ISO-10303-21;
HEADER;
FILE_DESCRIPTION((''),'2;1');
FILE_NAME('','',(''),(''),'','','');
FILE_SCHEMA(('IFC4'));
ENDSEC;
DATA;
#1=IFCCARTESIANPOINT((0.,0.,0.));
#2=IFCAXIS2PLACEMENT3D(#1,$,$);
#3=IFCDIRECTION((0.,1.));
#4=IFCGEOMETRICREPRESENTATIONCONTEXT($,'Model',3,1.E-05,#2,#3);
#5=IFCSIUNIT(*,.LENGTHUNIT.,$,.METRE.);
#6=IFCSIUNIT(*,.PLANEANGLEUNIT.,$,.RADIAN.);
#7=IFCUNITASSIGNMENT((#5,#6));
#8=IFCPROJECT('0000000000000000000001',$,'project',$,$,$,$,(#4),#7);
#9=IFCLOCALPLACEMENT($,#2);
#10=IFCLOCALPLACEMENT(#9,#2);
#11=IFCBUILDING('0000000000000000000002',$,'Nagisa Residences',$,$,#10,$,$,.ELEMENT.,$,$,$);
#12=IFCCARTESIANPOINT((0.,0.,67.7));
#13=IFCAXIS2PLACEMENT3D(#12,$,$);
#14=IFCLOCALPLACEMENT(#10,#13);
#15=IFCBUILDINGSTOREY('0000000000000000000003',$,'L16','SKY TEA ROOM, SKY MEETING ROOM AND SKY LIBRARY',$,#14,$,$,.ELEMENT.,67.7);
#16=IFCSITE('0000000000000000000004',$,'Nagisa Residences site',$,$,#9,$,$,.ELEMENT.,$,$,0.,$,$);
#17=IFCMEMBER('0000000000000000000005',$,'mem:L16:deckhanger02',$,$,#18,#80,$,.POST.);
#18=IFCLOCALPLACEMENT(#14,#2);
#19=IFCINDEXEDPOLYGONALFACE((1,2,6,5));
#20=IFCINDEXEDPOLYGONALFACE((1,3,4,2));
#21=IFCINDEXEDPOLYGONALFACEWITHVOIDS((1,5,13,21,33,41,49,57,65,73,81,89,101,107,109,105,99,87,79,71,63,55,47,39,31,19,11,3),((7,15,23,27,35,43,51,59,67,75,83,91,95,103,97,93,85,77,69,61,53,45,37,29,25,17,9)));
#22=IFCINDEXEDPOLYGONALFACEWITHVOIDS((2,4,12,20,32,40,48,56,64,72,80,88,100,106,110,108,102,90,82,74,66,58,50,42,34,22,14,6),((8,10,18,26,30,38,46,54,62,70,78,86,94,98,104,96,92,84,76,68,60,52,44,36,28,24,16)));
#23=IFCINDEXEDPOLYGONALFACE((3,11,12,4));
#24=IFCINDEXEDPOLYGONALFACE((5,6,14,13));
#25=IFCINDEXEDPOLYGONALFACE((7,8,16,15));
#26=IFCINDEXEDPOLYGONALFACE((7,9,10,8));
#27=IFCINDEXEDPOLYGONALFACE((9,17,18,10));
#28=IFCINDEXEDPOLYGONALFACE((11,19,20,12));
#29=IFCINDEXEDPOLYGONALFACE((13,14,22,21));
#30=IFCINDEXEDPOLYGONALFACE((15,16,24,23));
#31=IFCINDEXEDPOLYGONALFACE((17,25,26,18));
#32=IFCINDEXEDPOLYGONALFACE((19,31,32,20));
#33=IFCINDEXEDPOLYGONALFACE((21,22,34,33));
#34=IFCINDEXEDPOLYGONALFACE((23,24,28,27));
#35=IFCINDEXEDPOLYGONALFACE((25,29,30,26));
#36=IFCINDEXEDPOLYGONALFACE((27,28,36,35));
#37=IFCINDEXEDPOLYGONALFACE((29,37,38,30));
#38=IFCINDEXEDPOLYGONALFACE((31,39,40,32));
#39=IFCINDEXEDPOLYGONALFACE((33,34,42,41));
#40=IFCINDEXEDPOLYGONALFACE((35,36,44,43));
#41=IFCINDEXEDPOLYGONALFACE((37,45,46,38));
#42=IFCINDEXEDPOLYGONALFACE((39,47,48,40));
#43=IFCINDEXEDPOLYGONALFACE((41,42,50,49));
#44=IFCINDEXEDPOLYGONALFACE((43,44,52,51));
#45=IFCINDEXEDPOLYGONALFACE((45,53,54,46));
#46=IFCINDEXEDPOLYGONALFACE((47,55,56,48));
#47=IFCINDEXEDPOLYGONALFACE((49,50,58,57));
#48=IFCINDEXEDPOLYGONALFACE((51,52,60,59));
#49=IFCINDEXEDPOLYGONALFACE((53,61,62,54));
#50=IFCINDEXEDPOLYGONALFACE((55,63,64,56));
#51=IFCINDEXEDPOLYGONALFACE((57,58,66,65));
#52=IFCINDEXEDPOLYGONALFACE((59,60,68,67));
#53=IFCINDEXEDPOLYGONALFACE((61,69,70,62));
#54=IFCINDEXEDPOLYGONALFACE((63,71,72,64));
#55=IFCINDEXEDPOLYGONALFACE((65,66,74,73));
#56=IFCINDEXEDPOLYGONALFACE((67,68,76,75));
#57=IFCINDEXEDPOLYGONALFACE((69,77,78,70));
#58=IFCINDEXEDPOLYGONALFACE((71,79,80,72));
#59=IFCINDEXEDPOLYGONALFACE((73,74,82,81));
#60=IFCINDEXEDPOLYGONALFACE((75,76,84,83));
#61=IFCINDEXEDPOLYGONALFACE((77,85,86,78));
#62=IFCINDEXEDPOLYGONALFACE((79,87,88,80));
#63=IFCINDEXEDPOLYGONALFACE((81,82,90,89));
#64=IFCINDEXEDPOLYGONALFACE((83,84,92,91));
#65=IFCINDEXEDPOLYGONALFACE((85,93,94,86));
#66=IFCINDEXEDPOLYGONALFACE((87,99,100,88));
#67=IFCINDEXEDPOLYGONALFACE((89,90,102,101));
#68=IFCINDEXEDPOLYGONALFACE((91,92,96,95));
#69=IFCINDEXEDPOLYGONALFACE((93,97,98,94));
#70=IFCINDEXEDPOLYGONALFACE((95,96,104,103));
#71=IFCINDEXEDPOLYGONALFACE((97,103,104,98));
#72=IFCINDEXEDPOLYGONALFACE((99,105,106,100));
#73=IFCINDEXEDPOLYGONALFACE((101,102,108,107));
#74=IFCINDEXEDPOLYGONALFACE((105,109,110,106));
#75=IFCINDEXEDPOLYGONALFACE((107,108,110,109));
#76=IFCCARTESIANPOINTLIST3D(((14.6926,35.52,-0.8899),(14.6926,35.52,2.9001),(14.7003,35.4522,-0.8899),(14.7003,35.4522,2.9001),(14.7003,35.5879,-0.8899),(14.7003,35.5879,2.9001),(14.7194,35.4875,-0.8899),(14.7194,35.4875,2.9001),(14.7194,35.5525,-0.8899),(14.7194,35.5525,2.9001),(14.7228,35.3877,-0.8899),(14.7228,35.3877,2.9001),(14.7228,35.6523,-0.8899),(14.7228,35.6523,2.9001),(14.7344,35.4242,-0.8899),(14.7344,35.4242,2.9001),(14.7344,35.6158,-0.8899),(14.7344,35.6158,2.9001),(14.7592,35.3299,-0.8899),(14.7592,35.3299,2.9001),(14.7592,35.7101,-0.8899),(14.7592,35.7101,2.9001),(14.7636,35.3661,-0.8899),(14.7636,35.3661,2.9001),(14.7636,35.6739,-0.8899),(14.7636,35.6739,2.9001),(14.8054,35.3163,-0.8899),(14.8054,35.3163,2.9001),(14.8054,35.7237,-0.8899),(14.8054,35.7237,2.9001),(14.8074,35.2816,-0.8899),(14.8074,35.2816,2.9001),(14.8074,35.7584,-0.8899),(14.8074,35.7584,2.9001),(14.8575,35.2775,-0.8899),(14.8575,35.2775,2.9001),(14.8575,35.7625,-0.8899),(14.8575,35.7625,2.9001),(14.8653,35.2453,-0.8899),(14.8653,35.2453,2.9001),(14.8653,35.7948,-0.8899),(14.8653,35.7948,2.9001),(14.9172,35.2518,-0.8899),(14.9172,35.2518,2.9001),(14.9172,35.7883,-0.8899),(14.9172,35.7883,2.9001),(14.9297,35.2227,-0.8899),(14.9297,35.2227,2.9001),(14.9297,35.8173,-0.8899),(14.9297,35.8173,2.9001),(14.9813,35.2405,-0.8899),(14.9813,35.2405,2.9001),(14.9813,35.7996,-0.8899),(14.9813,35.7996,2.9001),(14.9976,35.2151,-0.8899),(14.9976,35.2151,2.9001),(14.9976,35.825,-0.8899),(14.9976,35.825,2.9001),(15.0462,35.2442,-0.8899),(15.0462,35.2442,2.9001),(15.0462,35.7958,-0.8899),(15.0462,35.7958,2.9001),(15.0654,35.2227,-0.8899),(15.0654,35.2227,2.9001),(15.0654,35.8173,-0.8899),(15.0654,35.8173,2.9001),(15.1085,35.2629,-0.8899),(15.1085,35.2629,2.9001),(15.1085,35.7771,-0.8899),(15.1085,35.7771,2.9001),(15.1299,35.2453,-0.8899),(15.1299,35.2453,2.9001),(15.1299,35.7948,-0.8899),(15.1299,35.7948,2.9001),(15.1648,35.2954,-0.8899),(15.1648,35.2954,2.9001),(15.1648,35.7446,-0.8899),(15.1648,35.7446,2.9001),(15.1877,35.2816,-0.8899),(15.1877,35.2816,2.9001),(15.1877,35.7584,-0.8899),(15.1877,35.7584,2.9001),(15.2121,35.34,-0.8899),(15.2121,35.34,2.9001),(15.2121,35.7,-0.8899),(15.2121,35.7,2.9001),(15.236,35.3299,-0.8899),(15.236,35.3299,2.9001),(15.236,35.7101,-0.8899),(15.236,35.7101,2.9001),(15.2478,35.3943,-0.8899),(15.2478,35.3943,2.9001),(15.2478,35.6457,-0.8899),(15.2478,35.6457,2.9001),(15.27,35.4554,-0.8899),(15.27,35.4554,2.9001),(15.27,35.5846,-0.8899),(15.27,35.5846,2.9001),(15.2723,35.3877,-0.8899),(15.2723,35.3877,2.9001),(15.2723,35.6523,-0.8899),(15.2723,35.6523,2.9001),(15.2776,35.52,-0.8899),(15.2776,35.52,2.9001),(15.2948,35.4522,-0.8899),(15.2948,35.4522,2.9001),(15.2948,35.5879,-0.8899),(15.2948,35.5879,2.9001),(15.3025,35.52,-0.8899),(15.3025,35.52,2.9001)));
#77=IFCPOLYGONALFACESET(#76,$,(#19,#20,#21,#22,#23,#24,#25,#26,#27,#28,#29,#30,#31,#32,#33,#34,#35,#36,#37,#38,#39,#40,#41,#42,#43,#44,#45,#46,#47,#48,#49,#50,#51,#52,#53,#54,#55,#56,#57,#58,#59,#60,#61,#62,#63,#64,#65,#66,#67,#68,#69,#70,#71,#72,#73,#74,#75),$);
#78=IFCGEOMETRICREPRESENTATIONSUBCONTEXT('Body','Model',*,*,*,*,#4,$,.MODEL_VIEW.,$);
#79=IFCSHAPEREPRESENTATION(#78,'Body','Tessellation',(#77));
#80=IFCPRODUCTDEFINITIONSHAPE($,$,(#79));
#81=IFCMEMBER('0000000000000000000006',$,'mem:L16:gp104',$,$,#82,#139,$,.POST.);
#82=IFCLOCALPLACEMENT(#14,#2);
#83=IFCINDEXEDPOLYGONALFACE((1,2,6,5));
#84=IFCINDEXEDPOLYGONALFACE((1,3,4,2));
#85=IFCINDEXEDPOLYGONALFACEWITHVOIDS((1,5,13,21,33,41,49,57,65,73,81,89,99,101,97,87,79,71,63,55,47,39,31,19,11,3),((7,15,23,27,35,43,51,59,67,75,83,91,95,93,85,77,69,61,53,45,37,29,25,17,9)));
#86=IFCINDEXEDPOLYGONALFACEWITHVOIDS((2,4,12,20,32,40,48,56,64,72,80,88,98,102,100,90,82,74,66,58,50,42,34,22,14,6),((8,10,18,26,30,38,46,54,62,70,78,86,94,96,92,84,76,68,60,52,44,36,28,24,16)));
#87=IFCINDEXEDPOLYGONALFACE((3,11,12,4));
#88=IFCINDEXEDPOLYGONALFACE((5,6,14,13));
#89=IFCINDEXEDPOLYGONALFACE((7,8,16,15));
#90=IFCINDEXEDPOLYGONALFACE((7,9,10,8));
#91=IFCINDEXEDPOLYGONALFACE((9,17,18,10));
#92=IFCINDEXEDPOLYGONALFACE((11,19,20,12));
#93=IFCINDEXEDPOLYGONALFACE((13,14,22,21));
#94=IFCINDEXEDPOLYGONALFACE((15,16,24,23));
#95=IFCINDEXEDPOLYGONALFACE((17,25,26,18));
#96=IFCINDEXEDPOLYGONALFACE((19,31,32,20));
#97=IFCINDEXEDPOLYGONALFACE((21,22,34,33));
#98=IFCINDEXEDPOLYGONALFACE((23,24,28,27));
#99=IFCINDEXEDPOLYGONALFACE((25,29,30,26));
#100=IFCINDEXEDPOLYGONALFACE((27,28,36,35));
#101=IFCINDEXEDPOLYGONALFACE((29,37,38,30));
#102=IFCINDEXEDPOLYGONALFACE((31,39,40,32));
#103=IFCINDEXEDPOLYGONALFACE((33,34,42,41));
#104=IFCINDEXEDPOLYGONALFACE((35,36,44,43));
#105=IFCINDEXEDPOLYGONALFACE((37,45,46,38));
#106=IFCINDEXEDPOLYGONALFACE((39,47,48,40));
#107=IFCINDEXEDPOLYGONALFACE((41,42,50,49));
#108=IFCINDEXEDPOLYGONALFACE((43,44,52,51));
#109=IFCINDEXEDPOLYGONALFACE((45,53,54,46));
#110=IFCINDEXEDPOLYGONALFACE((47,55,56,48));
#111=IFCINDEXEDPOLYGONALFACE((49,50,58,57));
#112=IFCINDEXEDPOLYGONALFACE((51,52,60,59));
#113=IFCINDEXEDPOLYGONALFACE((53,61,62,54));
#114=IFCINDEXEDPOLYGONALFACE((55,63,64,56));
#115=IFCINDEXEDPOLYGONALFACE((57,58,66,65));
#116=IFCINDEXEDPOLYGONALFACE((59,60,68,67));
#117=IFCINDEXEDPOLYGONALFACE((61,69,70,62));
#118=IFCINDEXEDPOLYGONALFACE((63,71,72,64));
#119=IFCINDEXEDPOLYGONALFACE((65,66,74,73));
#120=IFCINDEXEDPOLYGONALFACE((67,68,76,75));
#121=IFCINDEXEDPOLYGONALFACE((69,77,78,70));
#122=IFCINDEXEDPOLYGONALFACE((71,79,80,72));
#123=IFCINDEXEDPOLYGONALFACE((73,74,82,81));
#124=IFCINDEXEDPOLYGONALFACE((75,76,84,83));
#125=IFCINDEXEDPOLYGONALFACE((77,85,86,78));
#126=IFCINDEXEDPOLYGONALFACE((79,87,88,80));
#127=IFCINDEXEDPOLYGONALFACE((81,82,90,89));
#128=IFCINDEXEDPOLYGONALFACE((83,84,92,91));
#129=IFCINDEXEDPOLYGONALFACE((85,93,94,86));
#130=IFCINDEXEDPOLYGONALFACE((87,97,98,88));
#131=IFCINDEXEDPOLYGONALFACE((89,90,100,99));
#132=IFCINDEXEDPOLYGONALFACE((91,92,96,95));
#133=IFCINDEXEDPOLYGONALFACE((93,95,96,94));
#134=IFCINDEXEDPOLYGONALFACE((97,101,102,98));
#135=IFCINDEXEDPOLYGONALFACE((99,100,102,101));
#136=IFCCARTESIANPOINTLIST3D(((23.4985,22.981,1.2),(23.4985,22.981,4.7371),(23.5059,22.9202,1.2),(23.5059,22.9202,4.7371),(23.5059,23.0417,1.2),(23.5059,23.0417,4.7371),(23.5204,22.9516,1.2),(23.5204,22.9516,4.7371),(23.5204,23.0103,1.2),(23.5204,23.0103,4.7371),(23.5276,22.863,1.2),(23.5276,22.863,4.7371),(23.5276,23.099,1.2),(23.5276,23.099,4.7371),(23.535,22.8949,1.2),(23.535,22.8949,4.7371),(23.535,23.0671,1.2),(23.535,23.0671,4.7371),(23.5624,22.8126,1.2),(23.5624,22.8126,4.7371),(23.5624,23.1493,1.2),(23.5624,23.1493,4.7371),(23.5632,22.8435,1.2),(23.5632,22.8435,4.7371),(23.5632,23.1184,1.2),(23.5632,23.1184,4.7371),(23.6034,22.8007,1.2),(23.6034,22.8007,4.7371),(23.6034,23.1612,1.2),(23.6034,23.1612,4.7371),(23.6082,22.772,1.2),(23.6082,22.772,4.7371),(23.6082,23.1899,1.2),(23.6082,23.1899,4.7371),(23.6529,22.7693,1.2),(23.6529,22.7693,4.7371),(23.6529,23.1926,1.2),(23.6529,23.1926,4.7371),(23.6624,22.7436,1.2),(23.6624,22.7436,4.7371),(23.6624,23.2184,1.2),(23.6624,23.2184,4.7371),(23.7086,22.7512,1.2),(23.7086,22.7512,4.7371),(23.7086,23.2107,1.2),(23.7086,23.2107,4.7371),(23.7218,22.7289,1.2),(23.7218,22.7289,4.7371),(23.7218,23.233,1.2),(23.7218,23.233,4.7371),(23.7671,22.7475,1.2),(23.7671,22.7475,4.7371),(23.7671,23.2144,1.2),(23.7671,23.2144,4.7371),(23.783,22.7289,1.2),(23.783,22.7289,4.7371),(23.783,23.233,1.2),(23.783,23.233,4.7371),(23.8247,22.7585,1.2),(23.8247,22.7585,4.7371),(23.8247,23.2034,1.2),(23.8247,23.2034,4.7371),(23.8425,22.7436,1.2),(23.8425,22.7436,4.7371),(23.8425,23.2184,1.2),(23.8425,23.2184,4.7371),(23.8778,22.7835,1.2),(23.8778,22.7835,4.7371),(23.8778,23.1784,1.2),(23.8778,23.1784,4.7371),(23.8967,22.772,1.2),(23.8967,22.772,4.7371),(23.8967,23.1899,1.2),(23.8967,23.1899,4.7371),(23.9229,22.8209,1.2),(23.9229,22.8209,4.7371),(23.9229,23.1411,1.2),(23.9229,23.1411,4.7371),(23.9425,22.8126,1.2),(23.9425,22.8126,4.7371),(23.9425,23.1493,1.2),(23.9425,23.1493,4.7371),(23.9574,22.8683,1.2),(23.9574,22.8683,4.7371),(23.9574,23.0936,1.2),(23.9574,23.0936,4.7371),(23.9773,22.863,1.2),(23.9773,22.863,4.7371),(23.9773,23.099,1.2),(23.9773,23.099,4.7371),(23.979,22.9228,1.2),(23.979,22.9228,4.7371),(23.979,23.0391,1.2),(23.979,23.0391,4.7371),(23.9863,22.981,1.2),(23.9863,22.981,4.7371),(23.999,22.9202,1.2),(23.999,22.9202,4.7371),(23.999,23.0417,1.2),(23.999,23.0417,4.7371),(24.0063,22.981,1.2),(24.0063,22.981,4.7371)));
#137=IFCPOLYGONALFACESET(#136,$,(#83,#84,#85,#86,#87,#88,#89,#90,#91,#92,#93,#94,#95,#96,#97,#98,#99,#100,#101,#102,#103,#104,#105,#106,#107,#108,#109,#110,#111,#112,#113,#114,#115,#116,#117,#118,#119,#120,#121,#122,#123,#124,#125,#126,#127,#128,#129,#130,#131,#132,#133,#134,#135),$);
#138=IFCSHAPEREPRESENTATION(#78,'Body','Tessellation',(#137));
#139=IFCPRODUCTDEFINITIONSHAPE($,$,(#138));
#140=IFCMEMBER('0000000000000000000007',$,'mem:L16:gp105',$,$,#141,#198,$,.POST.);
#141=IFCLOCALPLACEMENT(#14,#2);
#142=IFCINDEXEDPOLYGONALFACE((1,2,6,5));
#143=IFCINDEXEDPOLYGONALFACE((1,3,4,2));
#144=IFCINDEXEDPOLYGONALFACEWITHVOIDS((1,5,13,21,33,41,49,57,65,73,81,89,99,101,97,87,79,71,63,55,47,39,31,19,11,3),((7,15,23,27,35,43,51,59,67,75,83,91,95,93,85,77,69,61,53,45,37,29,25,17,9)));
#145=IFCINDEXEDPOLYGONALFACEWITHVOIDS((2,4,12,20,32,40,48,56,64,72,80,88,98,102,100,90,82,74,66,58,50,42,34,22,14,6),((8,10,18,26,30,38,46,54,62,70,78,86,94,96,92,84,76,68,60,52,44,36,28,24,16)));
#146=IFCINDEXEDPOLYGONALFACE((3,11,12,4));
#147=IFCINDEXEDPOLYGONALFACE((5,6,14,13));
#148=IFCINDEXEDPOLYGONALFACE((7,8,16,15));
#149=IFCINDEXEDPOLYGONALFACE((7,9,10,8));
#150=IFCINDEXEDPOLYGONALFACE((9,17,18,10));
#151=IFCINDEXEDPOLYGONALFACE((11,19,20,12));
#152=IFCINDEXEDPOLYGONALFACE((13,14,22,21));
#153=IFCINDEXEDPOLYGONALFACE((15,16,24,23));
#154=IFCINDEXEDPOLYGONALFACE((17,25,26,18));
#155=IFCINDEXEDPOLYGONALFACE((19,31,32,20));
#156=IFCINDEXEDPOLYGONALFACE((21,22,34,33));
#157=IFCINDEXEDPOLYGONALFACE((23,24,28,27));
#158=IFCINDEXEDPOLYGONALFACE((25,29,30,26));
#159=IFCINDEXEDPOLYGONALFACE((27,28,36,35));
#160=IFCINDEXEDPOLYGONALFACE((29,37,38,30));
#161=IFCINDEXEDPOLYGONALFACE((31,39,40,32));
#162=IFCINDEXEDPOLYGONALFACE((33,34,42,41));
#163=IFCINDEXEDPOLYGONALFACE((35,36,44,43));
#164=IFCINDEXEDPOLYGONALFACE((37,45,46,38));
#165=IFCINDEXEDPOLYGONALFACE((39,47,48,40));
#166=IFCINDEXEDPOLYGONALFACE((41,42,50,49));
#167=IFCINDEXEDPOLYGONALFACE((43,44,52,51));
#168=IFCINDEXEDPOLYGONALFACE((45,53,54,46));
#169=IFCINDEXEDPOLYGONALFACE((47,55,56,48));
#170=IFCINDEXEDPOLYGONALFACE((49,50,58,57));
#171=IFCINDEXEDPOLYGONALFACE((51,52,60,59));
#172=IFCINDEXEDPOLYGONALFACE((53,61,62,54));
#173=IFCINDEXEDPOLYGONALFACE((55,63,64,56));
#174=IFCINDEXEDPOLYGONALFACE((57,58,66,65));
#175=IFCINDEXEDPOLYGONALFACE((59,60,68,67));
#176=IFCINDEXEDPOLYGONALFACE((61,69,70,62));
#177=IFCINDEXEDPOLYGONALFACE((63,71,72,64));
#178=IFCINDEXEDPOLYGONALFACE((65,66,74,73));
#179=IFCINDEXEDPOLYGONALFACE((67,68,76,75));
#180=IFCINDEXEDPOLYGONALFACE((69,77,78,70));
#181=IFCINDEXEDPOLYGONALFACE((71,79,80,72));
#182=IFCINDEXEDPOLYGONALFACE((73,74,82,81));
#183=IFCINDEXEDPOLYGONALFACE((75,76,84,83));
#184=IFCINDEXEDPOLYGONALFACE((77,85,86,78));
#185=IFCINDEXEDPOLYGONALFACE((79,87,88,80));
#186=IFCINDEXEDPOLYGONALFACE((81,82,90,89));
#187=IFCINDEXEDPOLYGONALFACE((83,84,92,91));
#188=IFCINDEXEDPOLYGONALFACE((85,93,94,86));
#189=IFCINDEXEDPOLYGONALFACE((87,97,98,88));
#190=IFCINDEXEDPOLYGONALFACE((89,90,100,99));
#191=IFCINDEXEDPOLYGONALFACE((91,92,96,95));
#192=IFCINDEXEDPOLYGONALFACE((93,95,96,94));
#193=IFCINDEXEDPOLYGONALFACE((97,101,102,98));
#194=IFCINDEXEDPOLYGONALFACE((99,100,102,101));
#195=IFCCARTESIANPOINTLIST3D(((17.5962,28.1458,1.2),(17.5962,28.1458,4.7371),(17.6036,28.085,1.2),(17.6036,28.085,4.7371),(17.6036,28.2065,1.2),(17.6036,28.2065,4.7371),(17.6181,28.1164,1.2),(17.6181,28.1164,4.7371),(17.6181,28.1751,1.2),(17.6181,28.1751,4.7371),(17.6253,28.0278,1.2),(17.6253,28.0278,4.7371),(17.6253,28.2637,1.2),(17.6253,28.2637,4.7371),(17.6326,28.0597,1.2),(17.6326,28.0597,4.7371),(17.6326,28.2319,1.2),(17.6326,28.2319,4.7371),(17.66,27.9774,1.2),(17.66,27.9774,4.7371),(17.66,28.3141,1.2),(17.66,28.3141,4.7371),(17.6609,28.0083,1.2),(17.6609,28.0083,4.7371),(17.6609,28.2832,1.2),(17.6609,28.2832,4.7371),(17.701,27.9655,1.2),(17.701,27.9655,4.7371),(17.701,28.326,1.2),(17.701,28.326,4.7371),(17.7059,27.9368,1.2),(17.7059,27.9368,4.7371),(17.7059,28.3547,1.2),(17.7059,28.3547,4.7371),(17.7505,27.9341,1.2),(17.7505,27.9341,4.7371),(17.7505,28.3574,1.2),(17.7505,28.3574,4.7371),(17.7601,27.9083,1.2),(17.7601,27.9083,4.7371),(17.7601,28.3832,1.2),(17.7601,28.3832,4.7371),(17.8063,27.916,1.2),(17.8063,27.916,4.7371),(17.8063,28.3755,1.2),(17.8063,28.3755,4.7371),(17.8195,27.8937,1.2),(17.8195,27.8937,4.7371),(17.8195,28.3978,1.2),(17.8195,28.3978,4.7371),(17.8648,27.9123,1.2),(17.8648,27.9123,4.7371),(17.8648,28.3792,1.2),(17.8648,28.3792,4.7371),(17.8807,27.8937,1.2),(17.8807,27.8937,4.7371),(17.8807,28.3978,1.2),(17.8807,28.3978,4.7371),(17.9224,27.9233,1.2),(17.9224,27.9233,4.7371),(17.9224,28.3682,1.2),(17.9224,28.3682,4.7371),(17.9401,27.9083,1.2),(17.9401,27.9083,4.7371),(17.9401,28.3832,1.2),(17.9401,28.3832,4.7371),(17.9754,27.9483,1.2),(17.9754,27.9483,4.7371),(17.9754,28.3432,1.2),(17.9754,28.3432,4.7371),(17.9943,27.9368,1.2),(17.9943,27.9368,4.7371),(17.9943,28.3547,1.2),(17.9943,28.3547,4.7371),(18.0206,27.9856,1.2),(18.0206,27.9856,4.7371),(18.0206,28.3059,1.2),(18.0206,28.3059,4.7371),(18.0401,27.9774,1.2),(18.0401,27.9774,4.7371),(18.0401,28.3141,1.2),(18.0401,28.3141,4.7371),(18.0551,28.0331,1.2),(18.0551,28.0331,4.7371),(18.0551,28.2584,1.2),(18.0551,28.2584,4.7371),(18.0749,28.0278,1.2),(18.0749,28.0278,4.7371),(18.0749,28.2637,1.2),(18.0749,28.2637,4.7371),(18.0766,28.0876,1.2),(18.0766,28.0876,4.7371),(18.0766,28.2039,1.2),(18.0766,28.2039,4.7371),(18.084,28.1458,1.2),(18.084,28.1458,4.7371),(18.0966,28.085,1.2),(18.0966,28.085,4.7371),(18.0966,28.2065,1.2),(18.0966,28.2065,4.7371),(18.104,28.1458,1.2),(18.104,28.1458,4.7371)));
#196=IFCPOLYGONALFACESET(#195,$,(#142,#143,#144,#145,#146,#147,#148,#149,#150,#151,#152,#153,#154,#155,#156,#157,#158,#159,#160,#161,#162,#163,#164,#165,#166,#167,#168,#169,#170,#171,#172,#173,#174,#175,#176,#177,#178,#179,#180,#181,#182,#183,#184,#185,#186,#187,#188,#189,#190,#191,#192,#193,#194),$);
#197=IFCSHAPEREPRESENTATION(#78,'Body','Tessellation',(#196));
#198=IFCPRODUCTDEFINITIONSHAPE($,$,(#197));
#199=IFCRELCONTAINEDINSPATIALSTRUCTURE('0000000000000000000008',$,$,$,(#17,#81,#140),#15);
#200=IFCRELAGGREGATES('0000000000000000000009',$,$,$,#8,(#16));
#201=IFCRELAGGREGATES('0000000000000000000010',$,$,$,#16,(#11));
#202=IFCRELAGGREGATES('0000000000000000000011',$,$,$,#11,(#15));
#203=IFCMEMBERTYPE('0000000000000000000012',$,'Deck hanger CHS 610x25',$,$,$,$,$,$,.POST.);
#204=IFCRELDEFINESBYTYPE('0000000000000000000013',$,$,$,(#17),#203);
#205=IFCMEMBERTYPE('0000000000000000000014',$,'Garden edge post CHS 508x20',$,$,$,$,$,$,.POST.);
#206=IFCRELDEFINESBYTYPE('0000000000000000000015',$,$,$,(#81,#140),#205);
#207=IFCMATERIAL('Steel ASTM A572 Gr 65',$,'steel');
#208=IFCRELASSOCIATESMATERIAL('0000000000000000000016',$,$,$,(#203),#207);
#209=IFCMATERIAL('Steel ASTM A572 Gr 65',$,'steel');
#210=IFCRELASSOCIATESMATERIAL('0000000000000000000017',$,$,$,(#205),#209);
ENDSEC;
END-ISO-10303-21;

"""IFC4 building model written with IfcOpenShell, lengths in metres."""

from ifc_helpers import new_model, si_unit, direction, frame, origin, origin_2d, place, context, subcontext, project, spatial, hollow_circle, extrude, material, material_profile, profile_set, type_object, element, save


model = new_model("IFC4")

# Units and contexts
model_context = context("Model", 3, precision=1e-05, world=origin(), true_north=direction((0.0, 1.0)))
body_context = subcontext(model_context, "Body", "Model", "MODEL_VIEW")
ifc_project = project(units=[si_unit("LENGTHUNIT", "METRE"), si_unit("PLANEANGLEUNIT", "RADIAN")], contexts=[model_context])

# Site, building, storey
site_placement = place(None, origin())
site = spatial("IfcSite", under=ifc_project, at=site_placement, Name="Nagisa Residences site", CompositionType="ELEMENT", RefElevation=0.0)
building_placement = place(site_placement, origin())
building = spatial("IfcBuilding", under=site, at=building_placement, Name="Nagisa Residences", CompositionType="ELEMENT")
storey_placement = place(building_placement, frame((0.0, 0.0, 67.7)))
storey = spatial("IfcBuildingStorey", under=building, at=storey_placement, Name="L16", Description="SKY TEA ROOM, SKY MEETING ROOM AND SKY LIBRARY", CompositionType="ELEMENT", Elevation=67.7)

# Members
ifc_material_1 = material(Name="Steel ASTM A572 Gr 65", Category="steel")
ifc_material_profile_1 = material_profile(ifc_material_1, hollow_circle(Radius=0.3049, WallThickness=0.0249, at=origin_2d()), Name="CHS 610x25")
ifc_profile_set_1 = profile_set([ifc_material_profile_1], Name="Steel ASTM A572 Gr 65")
member_type_1 = type_object("IfcMemberType", Name="Deck hanger CHS 610x25", PredefinedType="POST", material=ifc_profile_set_1)
member_1_placement = place(storey_placement, frame((14.9976, 35.52, 2.9001), z_axis=(0.0, 0.0, -1.0), x_axis=(1.0, 0.0, 0.0)))
element("IfcMember", 1, at=member_1_placement, inside=storey, type_object=member_type_1, Name="mem:L16:deckhanger02", PredefinedType="POST", context=body_context, shape_type="SweptSolid", body=[
    extrude(hollow_circle(Radius=0.3049, WallThickness=0.0249, at=origin_2d()), origin(), (0.0, 0.0, 1.0), 3.79),
])
ifc_material_2 = material(Name="Steel ASTM A572 Gr 65", Category="steel")
ifc_material_profile_2 = material_profile(ifc_material_2, hollow_circle(Radius=0.2539, WallThickness=0.02, at=origin_2d()), Name="CHS 508x20")
ifc_profile_set_2 = profile_set([ifc_material_profile_2], Name="Steel ASTM A572 Gr 65")
member_type_2 = type_object("IfcMemberType", Name="Garden edge post CHS 508x20", PredefinedType="POST", material=ifc_profile_set_2)
for number, where, z_axis, x_axis, name in (
    (2, (23.7524, 22.981, 1.2), (0.0, 0.0, 1.0), (1.0, 0.0, 0.0), "mem:L16:gp104"),
    (3, (17.8501, 28.1458, 1.2), (0.0, 0.0, 1.0), (1.0, 0.0, 0.0), "mem:L16:gp105"),
):
    element("IfcMember", number, at=place(storey_placement, frame(where, z_axis=z_axis, x_axis=x_axis)), inside=storey, type_object=member_type_2, Name=name, PredefinedType="POST", context=body_context, shape_type="SweptSolid", body=[
        extrude(hollow_circle(Radius=0.2539, WallThickness=0.02, at=origin_2d()), origin(), (0.0, 0.0, 1.0), 3.5371),
    ])

save(model, "model.ifc")
